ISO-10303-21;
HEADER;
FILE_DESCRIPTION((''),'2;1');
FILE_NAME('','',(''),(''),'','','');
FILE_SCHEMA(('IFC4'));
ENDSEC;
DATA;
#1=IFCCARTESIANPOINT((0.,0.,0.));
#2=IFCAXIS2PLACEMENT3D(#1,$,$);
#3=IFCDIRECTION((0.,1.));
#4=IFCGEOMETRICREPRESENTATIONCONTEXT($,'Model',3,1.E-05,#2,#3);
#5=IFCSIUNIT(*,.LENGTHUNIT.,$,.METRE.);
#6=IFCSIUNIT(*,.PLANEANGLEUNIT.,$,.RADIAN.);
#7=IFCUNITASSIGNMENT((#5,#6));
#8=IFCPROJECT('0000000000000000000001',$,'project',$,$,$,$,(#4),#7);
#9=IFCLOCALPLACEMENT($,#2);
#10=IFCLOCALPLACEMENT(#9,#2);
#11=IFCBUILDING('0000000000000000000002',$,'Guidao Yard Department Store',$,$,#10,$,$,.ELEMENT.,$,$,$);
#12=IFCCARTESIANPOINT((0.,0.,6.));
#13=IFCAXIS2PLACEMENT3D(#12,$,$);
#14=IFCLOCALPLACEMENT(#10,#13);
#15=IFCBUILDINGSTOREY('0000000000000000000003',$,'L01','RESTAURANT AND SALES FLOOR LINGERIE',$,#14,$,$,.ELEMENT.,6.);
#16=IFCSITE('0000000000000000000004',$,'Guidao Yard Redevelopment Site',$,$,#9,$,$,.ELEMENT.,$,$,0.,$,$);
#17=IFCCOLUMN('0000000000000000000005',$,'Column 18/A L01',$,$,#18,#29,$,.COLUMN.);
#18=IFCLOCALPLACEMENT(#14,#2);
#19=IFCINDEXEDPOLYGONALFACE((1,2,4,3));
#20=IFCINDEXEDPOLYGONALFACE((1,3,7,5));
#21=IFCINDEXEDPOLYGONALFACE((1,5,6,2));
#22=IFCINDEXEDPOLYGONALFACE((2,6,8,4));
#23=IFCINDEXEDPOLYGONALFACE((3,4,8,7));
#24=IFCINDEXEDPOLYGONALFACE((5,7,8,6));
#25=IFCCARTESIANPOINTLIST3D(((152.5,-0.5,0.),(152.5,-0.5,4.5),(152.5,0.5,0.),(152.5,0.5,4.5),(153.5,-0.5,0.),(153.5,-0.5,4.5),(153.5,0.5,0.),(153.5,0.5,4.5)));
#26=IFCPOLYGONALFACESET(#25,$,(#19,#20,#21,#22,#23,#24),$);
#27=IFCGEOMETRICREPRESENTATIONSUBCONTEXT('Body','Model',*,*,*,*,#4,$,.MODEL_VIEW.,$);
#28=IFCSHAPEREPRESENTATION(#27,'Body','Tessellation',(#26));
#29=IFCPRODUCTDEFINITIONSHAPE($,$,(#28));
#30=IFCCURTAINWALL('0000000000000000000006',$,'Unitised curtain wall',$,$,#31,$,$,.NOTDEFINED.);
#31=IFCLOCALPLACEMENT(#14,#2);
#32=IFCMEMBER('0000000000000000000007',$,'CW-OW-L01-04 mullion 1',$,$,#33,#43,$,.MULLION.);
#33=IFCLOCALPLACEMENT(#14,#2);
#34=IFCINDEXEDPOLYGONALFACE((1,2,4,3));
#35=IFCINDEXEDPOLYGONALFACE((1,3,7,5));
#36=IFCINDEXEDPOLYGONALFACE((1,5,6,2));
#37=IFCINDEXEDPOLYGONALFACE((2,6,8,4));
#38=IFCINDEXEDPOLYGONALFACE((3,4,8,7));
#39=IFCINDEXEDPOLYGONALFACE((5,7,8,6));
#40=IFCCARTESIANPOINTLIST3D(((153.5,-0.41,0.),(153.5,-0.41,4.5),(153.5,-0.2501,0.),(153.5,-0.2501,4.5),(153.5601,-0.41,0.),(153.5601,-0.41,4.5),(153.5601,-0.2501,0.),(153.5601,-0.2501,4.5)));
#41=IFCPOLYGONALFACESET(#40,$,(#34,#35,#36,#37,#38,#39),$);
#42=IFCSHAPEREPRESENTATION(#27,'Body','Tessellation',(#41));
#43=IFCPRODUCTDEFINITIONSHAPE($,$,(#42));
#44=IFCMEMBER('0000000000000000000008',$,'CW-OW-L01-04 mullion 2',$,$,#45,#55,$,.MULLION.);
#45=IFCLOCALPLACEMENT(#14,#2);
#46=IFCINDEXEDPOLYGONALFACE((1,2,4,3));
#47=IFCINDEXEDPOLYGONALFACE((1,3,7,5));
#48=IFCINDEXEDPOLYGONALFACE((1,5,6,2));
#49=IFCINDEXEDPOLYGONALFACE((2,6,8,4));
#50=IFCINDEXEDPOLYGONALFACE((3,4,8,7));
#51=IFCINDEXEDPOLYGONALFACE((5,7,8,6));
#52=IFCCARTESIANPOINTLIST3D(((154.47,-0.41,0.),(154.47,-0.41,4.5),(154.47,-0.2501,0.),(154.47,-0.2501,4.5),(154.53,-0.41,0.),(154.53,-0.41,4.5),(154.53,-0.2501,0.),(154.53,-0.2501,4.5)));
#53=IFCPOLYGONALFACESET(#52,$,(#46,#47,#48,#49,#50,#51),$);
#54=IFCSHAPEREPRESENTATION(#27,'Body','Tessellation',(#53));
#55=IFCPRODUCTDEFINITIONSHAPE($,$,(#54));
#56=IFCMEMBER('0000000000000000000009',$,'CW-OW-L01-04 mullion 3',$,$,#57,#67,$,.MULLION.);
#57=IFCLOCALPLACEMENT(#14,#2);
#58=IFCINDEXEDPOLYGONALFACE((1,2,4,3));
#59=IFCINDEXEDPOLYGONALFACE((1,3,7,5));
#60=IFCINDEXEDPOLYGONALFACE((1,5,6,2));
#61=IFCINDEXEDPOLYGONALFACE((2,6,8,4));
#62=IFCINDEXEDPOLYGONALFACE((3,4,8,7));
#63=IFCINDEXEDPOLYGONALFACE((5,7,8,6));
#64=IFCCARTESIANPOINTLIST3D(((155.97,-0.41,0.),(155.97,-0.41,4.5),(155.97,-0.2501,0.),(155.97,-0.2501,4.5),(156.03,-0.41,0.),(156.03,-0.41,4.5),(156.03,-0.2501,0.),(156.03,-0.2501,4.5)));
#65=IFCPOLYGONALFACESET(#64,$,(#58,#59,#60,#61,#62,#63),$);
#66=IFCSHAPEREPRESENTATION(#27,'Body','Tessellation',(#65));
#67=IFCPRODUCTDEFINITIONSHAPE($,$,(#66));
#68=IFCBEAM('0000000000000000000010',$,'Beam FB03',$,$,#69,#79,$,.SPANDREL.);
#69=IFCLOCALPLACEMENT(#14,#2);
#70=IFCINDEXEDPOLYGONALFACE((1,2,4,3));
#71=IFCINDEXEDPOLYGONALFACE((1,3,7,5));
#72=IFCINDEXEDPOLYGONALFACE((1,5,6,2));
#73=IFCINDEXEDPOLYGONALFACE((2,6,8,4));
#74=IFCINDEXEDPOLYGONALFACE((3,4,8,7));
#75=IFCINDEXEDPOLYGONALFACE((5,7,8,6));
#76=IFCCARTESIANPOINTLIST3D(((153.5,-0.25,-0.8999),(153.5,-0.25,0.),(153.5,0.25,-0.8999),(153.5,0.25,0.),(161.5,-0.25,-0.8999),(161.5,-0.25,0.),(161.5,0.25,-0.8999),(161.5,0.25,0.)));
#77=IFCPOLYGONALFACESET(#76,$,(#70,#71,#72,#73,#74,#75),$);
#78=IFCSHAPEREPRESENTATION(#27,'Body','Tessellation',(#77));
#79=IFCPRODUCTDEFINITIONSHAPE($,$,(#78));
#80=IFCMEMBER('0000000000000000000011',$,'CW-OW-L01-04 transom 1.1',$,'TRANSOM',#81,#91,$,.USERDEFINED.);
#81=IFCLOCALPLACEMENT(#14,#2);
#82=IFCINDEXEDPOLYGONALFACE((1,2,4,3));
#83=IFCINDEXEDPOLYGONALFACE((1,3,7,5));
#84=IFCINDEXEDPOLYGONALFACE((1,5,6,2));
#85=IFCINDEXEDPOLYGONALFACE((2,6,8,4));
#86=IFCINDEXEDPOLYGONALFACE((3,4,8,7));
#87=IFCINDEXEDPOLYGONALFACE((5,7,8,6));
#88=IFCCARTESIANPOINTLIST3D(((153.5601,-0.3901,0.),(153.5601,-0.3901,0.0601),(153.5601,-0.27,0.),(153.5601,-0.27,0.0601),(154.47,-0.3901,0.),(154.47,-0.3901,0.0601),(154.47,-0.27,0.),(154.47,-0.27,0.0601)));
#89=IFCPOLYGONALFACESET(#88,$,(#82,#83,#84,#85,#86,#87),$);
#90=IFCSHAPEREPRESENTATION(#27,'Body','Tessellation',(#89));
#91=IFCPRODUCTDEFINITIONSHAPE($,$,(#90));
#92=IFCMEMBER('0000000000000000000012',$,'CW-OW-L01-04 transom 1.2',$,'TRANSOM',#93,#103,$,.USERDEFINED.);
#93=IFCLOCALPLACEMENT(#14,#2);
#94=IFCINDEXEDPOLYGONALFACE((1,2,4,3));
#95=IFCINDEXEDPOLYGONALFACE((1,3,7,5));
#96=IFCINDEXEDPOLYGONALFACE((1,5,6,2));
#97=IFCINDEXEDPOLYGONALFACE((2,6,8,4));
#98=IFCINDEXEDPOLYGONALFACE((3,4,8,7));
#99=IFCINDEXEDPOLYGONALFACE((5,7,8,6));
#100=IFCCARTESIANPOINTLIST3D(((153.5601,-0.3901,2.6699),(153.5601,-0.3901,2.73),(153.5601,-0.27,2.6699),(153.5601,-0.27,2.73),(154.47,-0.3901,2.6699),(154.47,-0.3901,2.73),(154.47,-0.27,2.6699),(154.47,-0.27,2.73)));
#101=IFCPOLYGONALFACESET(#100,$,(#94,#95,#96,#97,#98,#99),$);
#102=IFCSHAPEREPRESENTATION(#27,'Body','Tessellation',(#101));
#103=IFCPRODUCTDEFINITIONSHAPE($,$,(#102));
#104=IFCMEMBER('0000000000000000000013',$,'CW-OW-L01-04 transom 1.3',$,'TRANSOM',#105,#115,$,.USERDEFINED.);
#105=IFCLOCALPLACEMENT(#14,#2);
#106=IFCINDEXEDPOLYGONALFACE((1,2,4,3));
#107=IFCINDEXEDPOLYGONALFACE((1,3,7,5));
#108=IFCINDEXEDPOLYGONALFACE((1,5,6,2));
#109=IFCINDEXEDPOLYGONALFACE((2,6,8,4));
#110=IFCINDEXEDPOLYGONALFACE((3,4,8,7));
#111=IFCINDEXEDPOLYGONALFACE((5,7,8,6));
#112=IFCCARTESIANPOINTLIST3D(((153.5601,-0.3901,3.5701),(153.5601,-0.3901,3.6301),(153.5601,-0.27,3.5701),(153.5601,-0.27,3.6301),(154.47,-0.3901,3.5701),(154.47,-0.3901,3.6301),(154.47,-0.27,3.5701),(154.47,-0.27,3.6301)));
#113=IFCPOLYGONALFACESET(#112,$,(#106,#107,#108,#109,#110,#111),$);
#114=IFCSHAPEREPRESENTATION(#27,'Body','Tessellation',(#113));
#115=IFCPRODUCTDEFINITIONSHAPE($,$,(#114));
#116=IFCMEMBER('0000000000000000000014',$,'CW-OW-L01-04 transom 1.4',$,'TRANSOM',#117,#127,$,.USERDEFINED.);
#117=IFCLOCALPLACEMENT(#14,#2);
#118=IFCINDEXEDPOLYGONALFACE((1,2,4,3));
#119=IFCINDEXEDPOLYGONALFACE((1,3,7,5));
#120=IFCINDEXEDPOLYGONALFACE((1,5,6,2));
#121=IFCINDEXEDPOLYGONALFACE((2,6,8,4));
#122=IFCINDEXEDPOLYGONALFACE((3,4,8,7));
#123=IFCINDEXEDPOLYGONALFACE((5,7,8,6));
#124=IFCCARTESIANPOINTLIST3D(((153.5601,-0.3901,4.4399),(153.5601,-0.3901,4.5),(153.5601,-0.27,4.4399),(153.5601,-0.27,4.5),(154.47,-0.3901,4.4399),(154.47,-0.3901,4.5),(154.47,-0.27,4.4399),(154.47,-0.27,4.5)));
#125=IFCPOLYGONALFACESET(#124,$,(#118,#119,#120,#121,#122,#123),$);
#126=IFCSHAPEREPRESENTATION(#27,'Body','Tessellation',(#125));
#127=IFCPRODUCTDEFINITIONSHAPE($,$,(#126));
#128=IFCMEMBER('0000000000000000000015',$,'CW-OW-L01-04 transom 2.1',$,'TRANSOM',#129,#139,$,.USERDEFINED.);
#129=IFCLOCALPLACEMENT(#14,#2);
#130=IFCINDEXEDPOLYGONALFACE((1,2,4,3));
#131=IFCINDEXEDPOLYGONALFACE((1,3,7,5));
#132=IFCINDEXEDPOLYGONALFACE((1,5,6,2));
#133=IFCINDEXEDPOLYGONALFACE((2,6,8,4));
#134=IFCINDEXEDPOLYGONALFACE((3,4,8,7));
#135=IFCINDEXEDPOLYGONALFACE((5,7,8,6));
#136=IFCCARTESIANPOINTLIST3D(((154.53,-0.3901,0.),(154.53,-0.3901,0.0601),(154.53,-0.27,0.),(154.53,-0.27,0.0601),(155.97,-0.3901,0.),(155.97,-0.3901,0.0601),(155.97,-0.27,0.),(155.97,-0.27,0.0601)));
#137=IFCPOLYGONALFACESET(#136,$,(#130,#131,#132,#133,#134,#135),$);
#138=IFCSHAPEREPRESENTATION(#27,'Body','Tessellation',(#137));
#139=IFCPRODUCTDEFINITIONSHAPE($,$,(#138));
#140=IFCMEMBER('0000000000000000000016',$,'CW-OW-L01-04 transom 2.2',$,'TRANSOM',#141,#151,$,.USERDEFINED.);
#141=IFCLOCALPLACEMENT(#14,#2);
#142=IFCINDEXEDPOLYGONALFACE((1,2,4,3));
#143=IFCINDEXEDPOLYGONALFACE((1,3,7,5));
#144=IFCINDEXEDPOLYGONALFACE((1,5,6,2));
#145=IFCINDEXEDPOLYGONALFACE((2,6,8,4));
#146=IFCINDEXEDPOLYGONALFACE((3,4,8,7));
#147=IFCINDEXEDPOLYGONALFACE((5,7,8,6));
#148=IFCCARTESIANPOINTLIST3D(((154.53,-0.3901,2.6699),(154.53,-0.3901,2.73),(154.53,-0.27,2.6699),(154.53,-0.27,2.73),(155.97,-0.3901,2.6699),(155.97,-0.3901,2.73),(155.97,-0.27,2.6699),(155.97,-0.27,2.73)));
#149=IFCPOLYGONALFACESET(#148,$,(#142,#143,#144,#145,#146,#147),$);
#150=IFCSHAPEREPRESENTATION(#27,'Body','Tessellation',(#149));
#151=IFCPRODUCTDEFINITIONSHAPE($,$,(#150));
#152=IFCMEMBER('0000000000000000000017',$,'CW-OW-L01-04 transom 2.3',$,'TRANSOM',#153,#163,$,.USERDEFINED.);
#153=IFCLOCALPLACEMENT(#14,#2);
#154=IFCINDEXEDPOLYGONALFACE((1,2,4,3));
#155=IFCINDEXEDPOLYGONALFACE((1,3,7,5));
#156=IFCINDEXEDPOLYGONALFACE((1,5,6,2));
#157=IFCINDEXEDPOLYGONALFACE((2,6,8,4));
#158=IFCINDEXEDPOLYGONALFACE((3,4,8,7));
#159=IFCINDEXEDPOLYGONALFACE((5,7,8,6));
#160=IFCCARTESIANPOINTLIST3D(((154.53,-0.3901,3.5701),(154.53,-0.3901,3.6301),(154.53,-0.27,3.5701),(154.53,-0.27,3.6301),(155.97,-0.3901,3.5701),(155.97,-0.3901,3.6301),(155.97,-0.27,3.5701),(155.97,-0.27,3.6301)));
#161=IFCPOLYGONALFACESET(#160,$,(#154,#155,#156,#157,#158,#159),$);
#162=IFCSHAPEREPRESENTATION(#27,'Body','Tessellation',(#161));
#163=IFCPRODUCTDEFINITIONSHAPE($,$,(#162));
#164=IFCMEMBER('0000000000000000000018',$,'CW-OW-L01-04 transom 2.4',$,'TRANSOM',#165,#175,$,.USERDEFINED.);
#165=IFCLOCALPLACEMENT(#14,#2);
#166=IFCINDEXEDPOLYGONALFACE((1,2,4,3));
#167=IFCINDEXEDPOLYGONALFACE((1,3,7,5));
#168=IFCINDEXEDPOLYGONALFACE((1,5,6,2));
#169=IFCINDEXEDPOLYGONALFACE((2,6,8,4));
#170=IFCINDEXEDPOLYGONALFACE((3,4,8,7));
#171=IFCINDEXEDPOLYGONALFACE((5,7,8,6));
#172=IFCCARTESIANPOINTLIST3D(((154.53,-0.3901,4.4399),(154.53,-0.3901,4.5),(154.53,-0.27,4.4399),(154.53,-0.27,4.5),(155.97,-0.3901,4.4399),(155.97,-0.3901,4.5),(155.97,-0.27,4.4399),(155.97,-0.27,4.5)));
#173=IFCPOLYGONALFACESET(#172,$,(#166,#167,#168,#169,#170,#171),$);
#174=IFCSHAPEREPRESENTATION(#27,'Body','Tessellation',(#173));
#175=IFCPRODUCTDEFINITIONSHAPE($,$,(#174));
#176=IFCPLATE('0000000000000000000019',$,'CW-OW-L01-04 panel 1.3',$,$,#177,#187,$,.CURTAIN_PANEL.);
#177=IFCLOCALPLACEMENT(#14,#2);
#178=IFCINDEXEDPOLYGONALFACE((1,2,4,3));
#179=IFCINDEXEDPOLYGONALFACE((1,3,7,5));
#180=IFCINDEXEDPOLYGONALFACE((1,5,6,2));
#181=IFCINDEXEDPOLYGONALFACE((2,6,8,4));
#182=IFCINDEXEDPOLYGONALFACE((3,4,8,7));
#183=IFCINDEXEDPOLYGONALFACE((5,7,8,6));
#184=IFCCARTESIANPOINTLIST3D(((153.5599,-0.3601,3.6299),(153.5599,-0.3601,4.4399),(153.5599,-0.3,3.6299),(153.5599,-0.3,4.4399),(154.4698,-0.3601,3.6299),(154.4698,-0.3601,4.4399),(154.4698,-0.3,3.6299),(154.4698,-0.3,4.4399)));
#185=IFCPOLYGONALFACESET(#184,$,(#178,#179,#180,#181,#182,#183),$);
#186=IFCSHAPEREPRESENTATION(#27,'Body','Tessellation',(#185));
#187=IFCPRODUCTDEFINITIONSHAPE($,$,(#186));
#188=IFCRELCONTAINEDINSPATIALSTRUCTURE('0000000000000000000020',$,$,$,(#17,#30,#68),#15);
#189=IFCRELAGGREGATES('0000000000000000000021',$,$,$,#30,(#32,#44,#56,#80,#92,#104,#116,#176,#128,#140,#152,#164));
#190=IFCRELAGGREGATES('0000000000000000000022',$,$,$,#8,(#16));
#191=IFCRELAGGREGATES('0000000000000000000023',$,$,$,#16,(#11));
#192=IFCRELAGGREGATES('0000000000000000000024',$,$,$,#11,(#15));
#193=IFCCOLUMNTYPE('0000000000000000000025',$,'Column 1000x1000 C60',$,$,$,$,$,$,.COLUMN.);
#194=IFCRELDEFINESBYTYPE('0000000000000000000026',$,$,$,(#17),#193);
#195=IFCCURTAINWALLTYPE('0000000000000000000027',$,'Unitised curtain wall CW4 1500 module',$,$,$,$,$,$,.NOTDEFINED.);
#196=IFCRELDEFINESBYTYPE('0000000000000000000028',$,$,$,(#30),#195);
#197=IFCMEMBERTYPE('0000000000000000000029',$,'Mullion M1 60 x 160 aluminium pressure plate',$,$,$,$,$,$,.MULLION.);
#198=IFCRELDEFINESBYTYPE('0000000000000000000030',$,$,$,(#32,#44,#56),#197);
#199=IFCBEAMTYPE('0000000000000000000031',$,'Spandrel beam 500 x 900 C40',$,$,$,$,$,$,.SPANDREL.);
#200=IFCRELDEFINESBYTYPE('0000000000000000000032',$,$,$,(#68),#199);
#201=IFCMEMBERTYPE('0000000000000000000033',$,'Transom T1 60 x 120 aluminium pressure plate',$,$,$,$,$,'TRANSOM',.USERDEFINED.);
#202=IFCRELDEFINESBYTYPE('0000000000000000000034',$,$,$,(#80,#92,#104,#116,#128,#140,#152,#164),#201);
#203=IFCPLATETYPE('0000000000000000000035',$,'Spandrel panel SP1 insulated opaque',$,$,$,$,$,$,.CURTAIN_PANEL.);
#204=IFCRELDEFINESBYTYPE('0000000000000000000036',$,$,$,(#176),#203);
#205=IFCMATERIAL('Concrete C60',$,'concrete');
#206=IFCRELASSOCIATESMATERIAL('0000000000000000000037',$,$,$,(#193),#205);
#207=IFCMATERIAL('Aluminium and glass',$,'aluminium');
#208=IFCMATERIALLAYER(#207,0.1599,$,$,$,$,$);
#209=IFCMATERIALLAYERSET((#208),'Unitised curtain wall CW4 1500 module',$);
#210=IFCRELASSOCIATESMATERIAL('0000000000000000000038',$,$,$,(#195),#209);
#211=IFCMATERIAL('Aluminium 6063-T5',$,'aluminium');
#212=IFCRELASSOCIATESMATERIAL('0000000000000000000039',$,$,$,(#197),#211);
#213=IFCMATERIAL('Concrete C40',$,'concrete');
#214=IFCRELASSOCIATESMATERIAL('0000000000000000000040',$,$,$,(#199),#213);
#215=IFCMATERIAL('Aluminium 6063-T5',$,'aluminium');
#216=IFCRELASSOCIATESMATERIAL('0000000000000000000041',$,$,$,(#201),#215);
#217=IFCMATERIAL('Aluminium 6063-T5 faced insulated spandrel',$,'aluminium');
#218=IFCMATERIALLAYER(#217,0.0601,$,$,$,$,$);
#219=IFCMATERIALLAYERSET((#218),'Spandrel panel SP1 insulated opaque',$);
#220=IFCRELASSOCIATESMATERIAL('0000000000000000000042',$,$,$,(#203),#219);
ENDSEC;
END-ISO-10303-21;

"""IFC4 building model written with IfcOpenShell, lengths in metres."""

from ifc_helpers import new_model, si_unit, direction, frame, origin, origin_2d, place, context, subcontext, project, spatial, rectangle, extrude, material, layer, layer_set, material_profile, profile_set, type_object, element, aggregate, save


model = new_model("IFC4")

# Units and contexts
model_context = context("Model", 3, precision=1e-05, world=origin(), true_north=direction((0.0, 1.0)))
body_context = subcontext(model_context, "Body", "Model", "MODEL_VIEW")
ifc_project = project(units=[si_unit("LENGTHUNIT", "METRE"), si_unit("PLANEANGLEUNIT", "RADIAN")], contexts=[model_context])

# Site, building, storey
site_placement = place(None, origin())
site = spatial("IfcSite", under=ifc_project, at=site_placement, Name="Guidao Yard Redevelopment Site", CompositionType="ELEMENT", RefElevation=0.0)
building_placement = place(site_placement, origin())
building = spatial("IfcBuilding", under=site, at=building_placement, Name="Guidao Yard Department Store", CompositionType="ELEMENT")
storey_placement = place(building_placement, frame((0.0, 0.0, 6.0)))
storey = spatial("IfcBuildingStorey", under=building, at=storey_placement, Name="L01", Description="RESTAURANT AND SALES FLOOR LINGERIE", CompositionType="ELEMENT", Elevation=6.0)

# Column
ifc_material_1 = material(Name="Concrete C60", Category="concrete")
ifc_material_profile_1 = material_profile(ifc_material_1, rectangle(XDim=1.0, YDim=1.0, at=origin_2d()), Name="COL 1000x1000")
ifc_profile_set_1 = profile_set([ifc_material_profile_1], Name="Concrete C60")
column_type = type_object("IfcColumnType", Name="Column 1000x1000 C60", PredefinedType="COLUMN", material=ifc_profile_set_1)
column_placement = place(storey_placement, frame((153.0, 0.0, 0.0), z_axis=(0.0, 0.0, 1.0), x_axis=(1.0, 0.0, 0.0)))
element("IfcColumn", 1, at=column_placement, inside=storey, type_object=column_type, Name="Column 18/A L01", PredefinedType="COLUMN", context=body_context, shape_type="SweptSolid", body=[
    extrude(rectangle(XDim=1.0, YDim=1.0, at=origin_2d()), origin(), (0.0, 0.0, 1.0), 4.5),
])

# Curtain wall, members
ifc_material_2 = material(Name="Aluminium and glass", Category="aluminium")
ifc_layer_1 = layer(ifc_material_2, 0.1599)
ifc_layer_set_1 = layer_set([ifc_layer_1], Name="Unitised curtain wall CW4 1500 module")
curtain_wall_type = type_object("IfcCurtainWallType", Name="Unitised curtain wall CW4 1500 module", PredefinedType="NOTDEFINED", material=ifc_layer_set_1)
curtain_wall_placement = place(storey_placement, origin())
curtain_wall = element("IfcCurtainWall", 2, at=curtain_wall_placement, inside=storey, type_object=curtain_wall_type, Name="Unitised curtain wall", PredefinedType="NOTDEFINED")
ifc_material_3 = material(Name="Aluminium 6063-T5", Category="aluminium")
ifc_material_profile_2 = material_profile(ifc_material_3, rectangle(XDim=0.0601, YDim=0.1599, at=origin_2d()), Name="Mullion M1 60 x 160 aluminium pressure plate")
ifc_profile_set_2 = profile_set([ifc_material_profile_2], Name="Aluminium 6063-T5")
member_type_1 = type_object("IfcMemberType", Name="Mullion M1 60 x 160 aluminium pressure plate", PredefinedType="MULLION", material=ifc_profile_set_2)
member_1_placement = place(storey_placement, frame((153.53, -0.3301, 0.0), z_axis=(0.0, 0.0, 1.0), x_axis=(-1.0, 0.0, 0.0)))
member_1 = element("IfcMember", 3, at=member_1_placement, type_object=member_type_1, Name="CW-OW-L01-04 mullion 1", PredefinedType="MULLION", context=body_context, shape_type="SweptSolid", body=[
    extrude(rectangle(XDim=0.0601, YDim=0.1599, at=origin_2d()), origin(), (0.0, 0.0, 1.0), 4.5),
])
member_2_placement = place(storey_placement, frame((154.5, -0.3301, 0.0), z_axis=(0.0, 0.0, 1.0), x_axis=(-1.0, 0.0, 0.0)))
member_2 = element("IfcMember", 4, at=member_2_placement, type_object=member_type_1, Name="CW-OW-L01-04 mullion 2", PredefinedType="MULLION", context=body_context, shape_type="SweptSolid", body=[
    extrude(rectangle(XDim=0.0601, YDim=0.1599, at=origin_2d()), origin(), (0.0, 0.0, 1.0), 4.5),
])
member_3_placement = place(storey_placement, frame((156.0, -0.3301, 0.0), z_axis=(0.0, 0.0, 1.0), x_axis=(-1.0, 0.0, 0.0)))
member_3 = element("IfcMember", 5, at=member_3_placement, type_object=member_type_1, Name="CW-OW-L01-04 mullion 3", PredefinedType="MULLION", context=body_context, shape_type="SweptSolid", body=[
    extrude(rectangle(XDim=0.0601, YDim=0.1599, at=origin_2d()), origin(), (0.0, 0.0, 1.0), 4.5),
])

# Beam
ifc_material_4 = material(Name="Concrete C40", Category="concrete")
ifc_material_profile_3 = material_profile(ifc_material_4, rectangle(XDim=0.5, YDim=0.8999, at=origin_2d()), Name="Spandrel beam 500 x 900 C40")
ifc_profile_set_3 = profile_set([ifc_material_profile_3], Name="Concrete C40")
beam_type = type_object("IfcBeamType", Name="Spandrel beam 500 x 900 C40", PredefinedType="SPANDREL", material=ifc_profile_set_3)
beam_placement = place(storey_placement, frame((153.5, 0.0, -0.45), z_axis=(1.0, 0.0, 0.0), x_axis=(0.0, 1.0, 0.0)))
element("IfcBeam", 6, at=beam_placement, inside=storey, type_object=beam_type, Name="Beam FB03", PredefinedType="SPANDREL", context=body_context, shape_type="SweptSolid", body=[
    extrude(rectangle(XDim=0.5, YDim=0.8999, at=origin_2d()), origin(), (0.0, 0.0, 1.0), 8.0),
])

# Members
ifc_material_5 = material(Name="Aluminium 6063-T5", Category="aluminium")
ifc_material_profile_4 = material_profile(ifc_material_5, rectangle(XDim=0.1201, YDim=0.0601, at=origin_2d()), Name="Transom T1 60 x 120 aluminium pressure plate")
ifc_profile_set_4 = profile_set([ifc_material_profile_4], Name="Aluminium 6063-T5")
member_type_2 = type_object("IfcMemberType", Name="Transom T1 60 x 120 aluminium pressure plate", ElementType="TRANSOM", PredefinedType="USERDEFINED", material=ifc_profile_set_4)
member_4_placement = place(storey_placement, frame((154.47, -0.3301, 0.03), z_axis=(-1.0, 0.0, 0.0), x_axis=(0.0, -1.0, 0.0)))
member_4 = element("IfcMember", 7, at=member_4_placement, type_object=member_type_2, Name="CW-OW-L01-04 transom 1.1", ObjectType="TRANSOM", PredefinedType="USERDEFINED", context=body_context, shape_type="SweptSolid", body=[
    extrude(rectangle(XDim=0.1201, YDim=0.0601, at=origin_2d()), origin(), (0.0, 0.0, 1.0), 0.9099),
])
member_5_placement = place(storey_placement, frame((154.47, -0.3301, 2.7), z_axis=(-1.0, 0.0, 0.0), x_axis=(0.0, -1.0, 0.0)))
member_5 = element("IfcMember", 8, at=member_5_placement, type_object=member_type_2, Name="CW-OW-L01-04 transom 1.2", ObjectType="TRANSOM", PredefinedType="USERDEFINED", context=body_context, shape_type="SweptSolid", body=[
    extrude(rectangle(XDim=0.1201, YDim=0.0601, at=origin_2d()), origin(), (0.0, 0.0, 1.0), 0.9099),
])
member_6_placement = place(storey_placement, frame((154.47, -0.3301, 3.6001), z_axis=(-1.0, 0.0, 0.0), x_axis=(0.0, -1.0, 0.0)))
member_6 = element("IfcMember", 9, at=member_6_placement, type_object=member_type_2, Name="CW-OW-L01-04 transom 1.3", ObjectType="TRANSOM", PredefinedType="USERDEFINED", context=body_context, shape_type="SweptSolid", body=[
    extrude(rectangle(XDim=0.1201, YDim=0.0601, at=origin_2d()), origin(), (0.0, 0.0, 1.0), 0.9099),
])
member_7_placement = place(storey_placement, frame((154.47, -0.3301, 4.47), z_axis=(-1.0, 0.0, 0.0), x_axis=(0.0, -1.0, 0.0)))
member_7 = element("IfcMember", 10, at=member_7_placement, type_object=member_type_2, Name="CW-OW-L01-04 transom 1.4", ObjectType="TRANSOM", PredefinedType="USERDEFINED", context=body_context, shape_type="SweptSolid", body=[
    extrude(rectangle(XDim=0.1201, YDim=0.0601, at=origin_2d()), origin(), (0.0, 0.0, 1.0), 0.9099),
])
member_8_placement = place(storey_placement, frame((155.97, -0.3301, 0.03), z_axis=(-1.0, 0.0, 0.0), x_axis=(0.0, -1.0, 0.0)))
member_8 = element("IfcMember", 11, at=member_8_placement, type_object=member_type_2, Name="CW-OW-L01-04 transom 2.1", ObjectType="TRANSOM", PredefinedType="USERDEFINED", context=body_context, shape_type="SweptSolid", body=[
    extrude(rectangle(XDim=0.1201, YDim=0.0601, at=origin_2d()), origin(), (0.0, 0.0, 1.0), 1.4399),
])
member_9_placement = place(storey_placement, frame((155.97, -0.3301, 2.7), z_axis=(-1.0, 0.0, 0.0), x_axis=(0.0, -1.0, 0.0)))
member_9 = element("IfcMember", 12, at=member_9_placement, type_object=member_type_2, Name="CW-OW-L01-04 transom 2.2", ObjectType="TRANSOM", PredefinedType="USERDEFINED", context=body_context, shape_type="SweptSolid", body=[
    extrude(rectangle(XDim=0.1201, YDim=0.0601, at=origin_2d()), origin(), (0.0, 0.0, 1.0), 1.4399),
])
member_10_placement = place(storey_placement, frame((155.97, -0.3301, 3.6001), z_axis=(-1.0, 0.0, 0.0), x_axis=(0.0, -1.0, 0.0)))
member_10 = element("IfcMember", 13, at=member_10_placement, type_object=member_type_2, Name="CW-OW-L01-04 transom 2.3", ObjectType="TRANSOM", PredefinedType="USERDEFINED", context=body_context, shape_type="SweptSolid", body=[
    extrude(rectangle(XDim=0.1201, YDim=0.0601, at=origin_2d()), origin(), (0.0, 0.0, 1.0), 1.4399),
])
member_11_placement = place(storey_placement, frame((155.97, -0.3301, 4.47), z_axis=(-1.0, 0.0, 0.0), x_axis=(0.0, -1.0, 0.0)))
member_11 = element("IfcMember", 14, at=member_11_placement, type_object=member_type_2, Name="CW-OW-L01-04 transom 2.4", ObjectType="TRANSOM", PredefinedType="USERDEFINED", context=body_context, shape_type="SweptSolid", body=[
    extrude(rectangle(XDim=0.1201, YDim=0.0601, at=origin_2d()), origin(), (0.0, 0.0, 1.0), 1.4399),
])

# Plate
ifc_material_6 = material(Name="Aluminium 6063-T5 faced insulated spandrel", Category="aluminium")
ifc_layer_2 = layer(ifc_material_6, 0.0601)
ifc_layer_set_2 = layer_set([ifc_layer_2], Name="Spandrel panel SP1 insulated opaque")
plate_type_1 = type_object("IfcPlateType", Name="Spandrel panel SP1 insulated opaque", PredefinedType="CURTAIN_PANEL", material=ifc_layer_set_2)
plate_1_placement = place(storey_placement, frame((154.0149, -0.3301, 3.6299), z_axis=(0.0, 0.0, 1.0), x_axis=(-1.0, 0.0, 0.0)))
plate_1 = element("IfcPlate", 15, at=plate_1_placement, type_object=plate_type_1, Name="CW-OW-L01-04 panel 1.3", PredefinedType="CURTAIN_PANEL", context=body_context, shape_type="SweptSolid", body=[
    extrude(rectangle(XDim=0.9099, YDim=0.0601, at=origin_2d()), origin(), (0.0, 0.0, 1.0), 0.8101),
])
aggregate(curtain_wall, [member_1, member_2, member_3, member_4, member_5, member_6, member_7, plate_1, member_8, member_9, member_10, member_11])

save(model, "model.ifc")
